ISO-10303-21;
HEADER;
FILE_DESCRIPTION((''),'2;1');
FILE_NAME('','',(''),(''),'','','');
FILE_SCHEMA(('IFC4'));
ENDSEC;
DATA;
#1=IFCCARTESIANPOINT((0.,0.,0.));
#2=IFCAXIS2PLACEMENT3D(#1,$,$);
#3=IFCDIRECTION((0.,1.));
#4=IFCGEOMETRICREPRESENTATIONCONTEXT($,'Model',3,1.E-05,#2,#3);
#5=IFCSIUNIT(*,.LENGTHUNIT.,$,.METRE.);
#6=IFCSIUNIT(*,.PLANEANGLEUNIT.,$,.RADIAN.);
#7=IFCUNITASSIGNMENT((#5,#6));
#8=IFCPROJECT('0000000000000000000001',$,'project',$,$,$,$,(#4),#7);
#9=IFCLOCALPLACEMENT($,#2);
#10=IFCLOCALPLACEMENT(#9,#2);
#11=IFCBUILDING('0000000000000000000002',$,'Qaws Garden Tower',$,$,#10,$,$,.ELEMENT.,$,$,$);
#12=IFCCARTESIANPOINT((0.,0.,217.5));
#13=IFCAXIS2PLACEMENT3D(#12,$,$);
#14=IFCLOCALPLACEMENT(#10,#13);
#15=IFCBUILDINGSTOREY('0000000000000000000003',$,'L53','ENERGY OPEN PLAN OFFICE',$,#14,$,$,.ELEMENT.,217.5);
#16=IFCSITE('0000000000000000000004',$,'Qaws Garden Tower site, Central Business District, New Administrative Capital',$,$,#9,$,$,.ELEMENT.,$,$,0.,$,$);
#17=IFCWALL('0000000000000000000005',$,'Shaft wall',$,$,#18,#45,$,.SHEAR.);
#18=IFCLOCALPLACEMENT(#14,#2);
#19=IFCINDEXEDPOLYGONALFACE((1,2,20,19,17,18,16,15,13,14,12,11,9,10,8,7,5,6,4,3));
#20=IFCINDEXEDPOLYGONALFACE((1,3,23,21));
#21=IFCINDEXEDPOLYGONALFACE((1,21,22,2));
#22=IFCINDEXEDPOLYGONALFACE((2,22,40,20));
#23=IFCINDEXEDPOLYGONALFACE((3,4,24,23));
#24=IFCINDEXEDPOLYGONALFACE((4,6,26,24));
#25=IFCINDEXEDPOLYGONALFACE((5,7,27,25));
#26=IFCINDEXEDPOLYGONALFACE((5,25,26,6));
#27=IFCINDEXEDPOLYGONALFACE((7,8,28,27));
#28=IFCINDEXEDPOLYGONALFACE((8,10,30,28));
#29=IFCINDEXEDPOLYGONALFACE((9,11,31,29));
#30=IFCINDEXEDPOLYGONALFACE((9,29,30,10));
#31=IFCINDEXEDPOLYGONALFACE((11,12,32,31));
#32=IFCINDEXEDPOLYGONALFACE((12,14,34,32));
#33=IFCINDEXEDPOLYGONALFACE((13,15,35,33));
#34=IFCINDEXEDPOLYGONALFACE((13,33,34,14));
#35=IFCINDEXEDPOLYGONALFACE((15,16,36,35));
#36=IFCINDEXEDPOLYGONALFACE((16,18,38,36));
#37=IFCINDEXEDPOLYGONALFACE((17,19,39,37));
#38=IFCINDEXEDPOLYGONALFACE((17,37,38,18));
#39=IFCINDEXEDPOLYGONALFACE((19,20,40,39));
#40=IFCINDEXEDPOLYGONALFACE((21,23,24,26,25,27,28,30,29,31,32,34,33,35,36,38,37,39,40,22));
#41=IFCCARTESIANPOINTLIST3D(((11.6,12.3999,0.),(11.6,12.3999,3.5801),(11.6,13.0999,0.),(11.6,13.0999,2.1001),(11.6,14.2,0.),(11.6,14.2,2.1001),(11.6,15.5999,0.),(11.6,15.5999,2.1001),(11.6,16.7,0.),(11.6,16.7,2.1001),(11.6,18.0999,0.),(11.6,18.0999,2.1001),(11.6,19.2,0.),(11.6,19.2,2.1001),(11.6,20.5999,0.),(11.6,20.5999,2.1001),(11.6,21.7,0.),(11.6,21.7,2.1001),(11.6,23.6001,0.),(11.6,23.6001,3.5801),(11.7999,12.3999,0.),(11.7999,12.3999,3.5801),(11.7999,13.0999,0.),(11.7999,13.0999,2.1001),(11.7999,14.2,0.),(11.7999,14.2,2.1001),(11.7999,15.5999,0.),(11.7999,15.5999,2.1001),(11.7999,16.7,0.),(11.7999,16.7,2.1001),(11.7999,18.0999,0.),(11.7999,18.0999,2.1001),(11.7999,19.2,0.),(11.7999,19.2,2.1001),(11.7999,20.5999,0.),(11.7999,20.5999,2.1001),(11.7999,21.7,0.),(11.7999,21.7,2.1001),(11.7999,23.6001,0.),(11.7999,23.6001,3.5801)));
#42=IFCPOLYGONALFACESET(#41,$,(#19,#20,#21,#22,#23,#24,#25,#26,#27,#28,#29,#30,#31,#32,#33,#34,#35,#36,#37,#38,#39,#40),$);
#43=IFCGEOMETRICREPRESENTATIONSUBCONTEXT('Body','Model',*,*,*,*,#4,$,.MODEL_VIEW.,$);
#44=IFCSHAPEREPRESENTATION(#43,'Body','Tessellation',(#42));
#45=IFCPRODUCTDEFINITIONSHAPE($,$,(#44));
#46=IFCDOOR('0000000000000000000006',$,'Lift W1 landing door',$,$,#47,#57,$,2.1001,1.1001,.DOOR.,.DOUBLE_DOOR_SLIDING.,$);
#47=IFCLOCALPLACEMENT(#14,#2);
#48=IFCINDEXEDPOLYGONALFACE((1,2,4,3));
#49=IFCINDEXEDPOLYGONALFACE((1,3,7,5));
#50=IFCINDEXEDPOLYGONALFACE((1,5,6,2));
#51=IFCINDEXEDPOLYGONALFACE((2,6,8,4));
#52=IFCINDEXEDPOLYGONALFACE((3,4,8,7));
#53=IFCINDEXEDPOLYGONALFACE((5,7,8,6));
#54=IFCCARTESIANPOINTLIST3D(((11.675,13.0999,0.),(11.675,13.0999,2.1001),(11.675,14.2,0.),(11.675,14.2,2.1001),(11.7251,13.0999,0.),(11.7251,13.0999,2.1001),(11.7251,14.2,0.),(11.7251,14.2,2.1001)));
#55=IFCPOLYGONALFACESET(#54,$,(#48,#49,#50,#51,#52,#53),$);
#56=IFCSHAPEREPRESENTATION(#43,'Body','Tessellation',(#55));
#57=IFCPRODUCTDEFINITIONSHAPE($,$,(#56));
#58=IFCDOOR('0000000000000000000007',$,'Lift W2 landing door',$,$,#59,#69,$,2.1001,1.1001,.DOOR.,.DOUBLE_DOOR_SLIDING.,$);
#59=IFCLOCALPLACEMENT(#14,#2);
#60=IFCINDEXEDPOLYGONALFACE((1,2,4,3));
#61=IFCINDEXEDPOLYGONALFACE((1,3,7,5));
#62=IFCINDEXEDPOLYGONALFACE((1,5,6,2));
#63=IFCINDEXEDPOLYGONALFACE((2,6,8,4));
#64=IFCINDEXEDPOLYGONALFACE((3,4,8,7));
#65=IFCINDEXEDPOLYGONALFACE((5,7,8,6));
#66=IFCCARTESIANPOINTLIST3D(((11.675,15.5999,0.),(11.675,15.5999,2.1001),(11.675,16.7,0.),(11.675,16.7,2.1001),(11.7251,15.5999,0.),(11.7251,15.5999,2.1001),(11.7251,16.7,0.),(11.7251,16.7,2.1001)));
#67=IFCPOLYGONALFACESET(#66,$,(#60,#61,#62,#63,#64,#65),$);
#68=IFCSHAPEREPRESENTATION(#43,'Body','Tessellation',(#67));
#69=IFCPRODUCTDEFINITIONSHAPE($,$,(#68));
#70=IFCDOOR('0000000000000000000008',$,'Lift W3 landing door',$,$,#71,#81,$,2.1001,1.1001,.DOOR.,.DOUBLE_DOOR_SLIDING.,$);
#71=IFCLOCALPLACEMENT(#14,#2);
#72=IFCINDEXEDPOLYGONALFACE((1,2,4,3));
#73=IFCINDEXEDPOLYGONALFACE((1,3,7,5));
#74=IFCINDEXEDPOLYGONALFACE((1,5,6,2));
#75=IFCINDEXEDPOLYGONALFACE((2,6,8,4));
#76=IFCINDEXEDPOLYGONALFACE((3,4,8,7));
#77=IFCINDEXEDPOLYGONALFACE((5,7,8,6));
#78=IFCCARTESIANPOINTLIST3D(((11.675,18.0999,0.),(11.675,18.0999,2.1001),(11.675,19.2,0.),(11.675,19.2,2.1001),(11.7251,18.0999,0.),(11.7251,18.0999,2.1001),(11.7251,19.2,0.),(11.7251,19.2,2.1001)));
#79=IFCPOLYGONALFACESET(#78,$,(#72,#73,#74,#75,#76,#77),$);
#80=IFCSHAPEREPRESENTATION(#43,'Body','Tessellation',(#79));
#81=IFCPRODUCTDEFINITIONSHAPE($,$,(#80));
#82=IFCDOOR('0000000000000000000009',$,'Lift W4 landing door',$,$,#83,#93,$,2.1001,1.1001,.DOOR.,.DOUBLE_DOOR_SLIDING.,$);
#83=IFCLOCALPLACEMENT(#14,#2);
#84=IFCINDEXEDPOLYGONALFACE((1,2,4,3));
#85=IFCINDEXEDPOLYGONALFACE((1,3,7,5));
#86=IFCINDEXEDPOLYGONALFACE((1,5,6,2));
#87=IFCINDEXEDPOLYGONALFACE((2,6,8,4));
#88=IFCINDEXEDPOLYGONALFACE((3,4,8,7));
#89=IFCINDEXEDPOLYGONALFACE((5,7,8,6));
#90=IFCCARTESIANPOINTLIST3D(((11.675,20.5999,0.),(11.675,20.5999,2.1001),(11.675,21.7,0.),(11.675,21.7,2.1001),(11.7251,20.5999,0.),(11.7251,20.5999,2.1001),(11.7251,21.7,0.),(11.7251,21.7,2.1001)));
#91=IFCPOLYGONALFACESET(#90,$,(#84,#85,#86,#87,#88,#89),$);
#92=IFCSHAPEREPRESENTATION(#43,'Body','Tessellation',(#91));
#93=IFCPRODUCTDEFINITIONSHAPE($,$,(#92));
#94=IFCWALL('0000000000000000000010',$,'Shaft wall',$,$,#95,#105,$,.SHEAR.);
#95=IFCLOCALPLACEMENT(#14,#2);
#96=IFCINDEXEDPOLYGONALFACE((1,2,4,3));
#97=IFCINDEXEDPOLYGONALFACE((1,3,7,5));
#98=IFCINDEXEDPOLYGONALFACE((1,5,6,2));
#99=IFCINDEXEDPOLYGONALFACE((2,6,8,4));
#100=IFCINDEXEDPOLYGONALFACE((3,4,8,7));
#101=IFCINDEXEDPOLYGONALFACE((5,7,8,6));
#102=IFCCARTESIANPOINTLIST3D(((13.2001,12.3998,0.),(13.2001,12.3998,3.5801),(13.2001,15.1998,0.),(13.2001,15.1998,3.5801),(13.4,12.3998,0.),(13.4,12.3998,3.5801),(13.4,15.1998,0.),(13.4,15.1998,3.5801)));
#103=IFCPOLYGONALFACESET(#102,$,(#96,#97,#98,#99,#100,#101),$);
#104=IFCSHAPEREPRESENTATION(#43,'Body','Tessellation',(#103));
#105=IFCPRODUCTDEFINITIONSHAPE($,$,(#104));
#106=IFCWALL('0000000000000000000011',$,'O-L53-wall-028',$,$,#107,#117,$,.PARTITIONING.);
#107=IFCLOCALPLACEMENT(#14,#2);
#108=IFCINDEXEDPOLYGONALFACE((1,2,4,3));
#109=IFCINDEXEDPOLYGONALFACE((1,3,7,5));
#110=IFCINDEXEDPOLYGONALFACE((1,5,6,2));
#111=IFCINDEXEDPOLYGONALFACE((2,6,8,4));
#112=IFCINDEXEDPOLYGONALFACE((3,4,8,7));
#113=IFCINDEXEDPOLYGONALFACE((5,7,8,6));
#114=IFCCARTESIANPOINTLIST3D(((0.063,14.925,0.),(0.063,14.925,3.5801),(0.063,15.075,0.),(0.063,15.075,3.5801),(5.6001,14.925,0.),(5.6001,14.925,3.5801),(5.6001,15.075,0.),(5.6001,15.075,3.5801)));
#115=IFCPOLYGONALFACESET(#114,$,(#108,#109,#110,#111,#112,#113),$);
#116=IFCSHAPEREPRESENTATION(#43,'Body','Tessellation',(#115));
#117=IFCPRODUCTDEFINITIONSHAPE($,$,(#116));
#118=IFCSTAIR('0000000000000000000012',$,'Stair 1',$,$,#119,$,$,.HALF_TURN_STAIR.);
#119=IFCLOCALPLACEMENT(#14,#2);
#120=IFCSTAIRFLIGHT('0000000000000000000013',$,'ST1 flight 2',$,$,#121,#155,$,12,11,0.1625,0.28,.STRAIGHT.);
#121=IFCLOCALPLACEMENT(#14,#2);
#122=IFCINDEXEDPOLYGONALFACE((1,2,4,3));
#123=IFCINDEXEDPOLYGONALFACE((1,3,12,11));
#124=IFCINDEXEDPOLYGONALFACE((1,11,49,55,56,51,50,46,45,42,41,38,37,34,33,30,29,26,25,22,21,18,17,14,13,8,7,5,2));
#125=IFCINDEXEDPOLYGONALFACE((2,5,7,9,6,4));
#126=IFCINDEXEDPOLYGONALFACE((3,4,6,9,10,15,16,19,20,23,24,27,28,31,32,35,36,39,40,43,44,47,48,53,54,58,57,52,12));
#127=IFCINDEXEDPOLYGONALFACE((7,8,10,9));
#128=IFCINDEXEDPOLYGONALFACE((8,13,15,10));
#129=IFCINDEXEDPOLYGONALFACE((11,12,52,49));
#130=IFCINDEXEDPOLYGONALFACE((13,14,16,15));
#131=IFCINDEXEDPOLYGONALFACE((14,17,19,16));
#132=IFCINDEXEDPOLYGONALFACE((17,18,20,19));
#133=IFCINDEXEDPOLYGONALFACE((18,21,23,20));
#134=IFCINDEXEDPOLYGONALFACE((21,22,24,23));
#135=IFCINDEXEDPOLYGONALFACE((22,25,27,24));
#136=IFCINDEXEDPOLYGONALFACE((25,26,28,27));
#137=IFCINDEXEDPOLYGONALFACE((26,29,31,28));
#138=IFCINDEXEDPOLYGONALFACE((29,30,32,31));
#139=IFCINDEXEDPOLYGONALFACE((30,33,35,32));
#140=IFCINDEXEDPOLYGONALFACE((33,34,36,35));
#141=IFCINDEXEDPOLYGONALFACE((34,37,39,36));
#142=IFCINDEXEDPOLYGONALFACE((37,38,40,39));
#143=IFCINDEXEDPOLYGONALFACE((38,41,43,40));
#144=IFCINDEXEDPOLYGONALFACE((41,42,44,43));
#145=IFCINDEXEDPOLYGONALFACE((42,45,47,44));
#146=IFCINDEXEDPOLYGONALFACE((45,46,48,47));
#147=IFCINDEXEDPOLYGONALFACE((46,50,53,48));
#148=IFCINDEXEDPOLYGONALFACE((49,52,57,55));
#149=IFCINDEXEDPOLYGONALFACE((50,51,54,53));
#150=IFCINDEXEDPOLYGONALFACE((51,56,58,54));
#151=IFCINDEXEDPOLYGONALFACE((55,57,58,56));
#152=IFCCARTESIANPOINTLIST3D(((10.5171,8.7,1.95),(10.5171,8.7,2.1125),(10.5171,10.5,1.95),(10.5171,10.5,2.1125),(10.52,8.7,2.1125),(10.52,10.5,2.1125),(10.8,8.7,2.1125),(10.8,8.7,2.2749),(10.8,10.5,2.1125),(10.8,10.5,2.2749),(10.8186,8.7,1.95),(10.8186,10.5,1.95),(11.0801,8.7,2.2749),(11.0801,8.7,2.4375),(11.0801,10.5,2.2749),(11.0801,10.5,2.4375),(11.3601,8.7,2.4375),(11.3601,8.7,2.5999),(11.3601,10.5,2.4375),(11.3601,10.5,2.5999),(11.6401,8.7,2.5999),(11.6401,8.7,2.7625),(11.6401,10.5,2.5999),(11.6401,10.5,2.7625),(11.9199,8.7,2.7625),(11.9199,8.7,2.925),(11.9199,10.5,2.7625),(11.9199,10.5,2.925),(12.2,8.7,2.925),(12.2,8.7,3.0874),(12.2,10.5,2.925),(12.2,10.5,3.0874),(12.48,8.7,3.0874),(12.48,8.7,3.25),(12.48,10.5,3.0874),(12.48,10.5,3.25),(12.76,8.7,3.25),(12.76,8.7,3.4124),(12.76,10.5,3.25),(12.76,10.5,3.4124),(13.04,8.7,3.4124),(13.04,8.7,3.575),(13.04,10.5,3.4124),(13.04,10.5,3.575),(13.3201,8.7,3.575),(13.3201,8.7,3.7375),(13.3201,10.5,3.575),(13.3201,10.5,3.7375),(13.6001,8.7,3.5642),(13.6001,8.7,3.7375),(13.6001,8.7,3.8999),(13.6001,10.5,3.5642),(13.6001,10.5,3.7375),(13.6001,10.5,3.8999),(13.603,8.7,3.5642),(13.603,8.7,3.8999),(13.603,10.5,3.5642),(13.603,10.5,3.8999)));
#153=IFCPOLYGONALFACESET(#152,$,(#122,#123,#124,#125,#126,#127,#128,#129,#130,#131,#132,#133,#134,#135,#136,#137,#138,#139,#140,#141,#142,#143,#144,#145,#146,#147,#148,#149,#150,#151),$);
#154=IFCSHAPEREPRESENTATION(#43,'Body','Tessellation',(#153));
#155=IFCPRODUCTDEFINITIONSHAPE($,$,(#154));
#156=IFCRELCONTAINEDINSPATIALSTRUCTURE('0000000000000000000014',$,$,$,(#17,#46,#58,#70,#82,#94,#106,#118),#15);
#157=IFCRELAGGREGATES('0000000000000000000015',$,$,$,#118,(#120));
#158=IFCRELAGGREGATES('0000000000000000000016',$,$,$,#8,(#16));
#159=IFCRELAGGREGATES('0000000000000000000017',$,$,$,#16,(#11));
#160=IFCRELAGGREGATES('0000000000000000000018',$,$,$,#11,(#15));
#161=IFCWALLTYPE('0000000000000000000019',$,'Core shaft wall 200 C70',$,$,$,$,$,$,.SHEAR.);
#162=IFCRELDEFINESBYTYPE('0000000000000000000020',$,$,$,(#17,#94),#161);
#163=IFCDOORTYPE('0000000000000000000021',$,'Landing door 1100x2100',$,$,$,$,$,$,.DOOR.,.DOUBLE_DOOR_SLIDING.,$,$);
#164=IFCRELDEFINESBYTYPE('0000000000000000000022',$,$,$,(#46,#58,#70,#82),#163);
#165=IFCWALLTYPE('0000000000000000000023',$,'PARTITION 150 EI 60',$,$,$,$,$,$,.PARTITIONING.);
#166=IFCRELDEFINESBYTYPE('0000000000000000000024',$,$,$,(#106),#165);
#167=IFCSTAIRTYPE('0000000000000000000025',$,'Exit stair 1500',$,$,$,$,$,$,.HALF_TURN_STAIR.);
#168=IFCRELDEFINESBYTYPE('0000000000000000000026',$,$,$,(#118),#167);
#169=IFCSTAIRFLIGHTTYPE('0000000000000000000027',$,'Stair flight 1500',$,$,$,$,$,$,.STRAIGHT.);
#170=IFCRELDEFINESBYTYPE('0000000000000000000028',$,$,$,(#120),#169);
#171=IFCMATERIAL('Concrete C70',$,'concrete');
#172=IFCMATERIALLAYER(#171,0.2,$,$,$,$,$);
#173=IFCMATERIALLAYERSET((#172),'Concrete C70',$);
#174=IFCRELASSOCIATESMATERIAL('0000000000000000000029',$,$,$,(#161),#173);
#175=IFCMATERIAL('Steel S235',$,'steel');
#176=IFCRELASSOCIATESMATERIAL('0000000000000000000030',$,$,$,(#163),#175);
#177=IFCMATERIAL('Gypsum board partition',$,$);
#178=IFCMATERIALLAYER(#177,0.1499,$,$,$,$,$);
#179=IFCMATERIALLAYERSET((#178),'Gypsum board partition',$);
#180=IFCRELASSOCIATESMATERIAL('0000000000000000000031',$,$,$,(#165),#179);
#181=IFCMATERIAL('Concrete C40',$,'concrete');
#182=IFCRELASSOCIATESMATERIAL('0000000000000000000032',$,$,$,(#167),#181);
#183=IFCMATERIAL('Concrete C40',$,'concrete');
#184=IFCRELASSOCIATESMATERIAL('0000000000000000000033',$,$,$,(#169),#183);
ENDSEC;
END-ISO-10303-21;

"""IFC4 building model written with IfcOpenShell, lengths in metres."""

from ifc_helpers import new_model, si_unit, direction, frame, frame_2d, origin, place, context, subcontext, project, spatial, polyline, rectangle, outline, extrude, material, layer, layer_set, type_object, element, fill, aggregate, save


model = new_model("IFC4")

# Units and contexts
model_context = context("Model", 3, precision=1e-05, world=origin(), true_north=direction((0.0, 1.0)))
body_context = subcontext(model_context, "Body", "Model", "MODEL_VIEW")
ifc_project = project(units=[si_unit("LENGTHUNIT", "METRE"), si_unit("PLANEANGLEUNIT", "RADIAN")], contexts=[model_context])

# Site, building, storey
site_placement = place(None, origin())
site = spatial("IfcSite", under=ifc_project, at=site_placement, Name="Qaws Garden Tower site, Central Business District, New Administrative Capital", CompositionType="ELEMENT", RefElevation=0.0)
building_placement = place(site_placement, origin())
building = spatial("IfcBuilding", under=site, at=building_placement, Name="Qaws Garden Tower", CompositionType="ELEMENT")
storey_placement = place(building_placement, frame((0.0, 0.0, 217.5)))
storey = spatial("IfcBuildingStorey", under=building, at=storey_placement, Name="L53", Description="ENERGY OPEN PLAN OFFICE", CompositionType="ELEMENT", Elevation=217.5)

# Shared definitions
ifc_material_1 = material(Name="Concrete C70", Category="concrete")
ifc_layer_1 = layer(ifc_material_1, 0.2)
ifc_layer_set_1 = layer_set([ifc_layer_1], Name="Concrete C70")
wall_type_1 = type_object("IfcWallType", Name="Core shaft wall 200 C70", PredefinedType="SHEAR", material=ifc_layer_set_1)

# Wall, openings, doors
wall_1_placement = place(storey_placement, frame((11.7, 12.3999, 0.0), z_axis=(0.0, 0.0, 1.0), x_axis=(0.0, 1.0, 0.0)))
wall_1 = element("IfcWall", 1, at=wall_1_placement, inside=storey, type_object=wall_type_1, Name="Shaft wall", PredefinedType="SHEAR", context=body_context, shape_type="SweptSolid", body=[
    extrude(rectangle(XDim=11.2002, YDim=0.2, at=frame_2d((5.6001, 0.0))), origin(), (0.0, 0.0, 1.0), 3.5801),
])
opening_1_placement = place(wall_1_placement, frame((0.7, 0.0, 0.0)))
opening_1 = element("IfcOpeningElement", 2, at=opening_1_placement, cuts=wall_1, PredefinedType="OPENING", context=body_context, shape_type="SweptSolid", body=[
    extrude(rectangle(XDim=1.1001, YDim=2.1001, at=frame_2d((0.55, 1.05))), frame((0.0, 0.1099, 0.0), z_axis=(0.0, -1.0, 0.0), x_axis=(1.0, 0.0, 0.0)), (0.0, 0.0, 1.0), 0.22),
])
opening_2_placement = place(wall_1_placement, frame((3.2, 0.0, 0.0)))
opening_2 = element("IfcOpeningElement", 3, at=opening_2_placement, cuts=wall_1, PredefinedType="OPENING", context=body_context, shape_type="SweptSolid", body=[
    extrude(rectangle(XDim=1.1001, YDim=2.1001, at=frame_2d((0.55, 1.05))), frame((0.0, 0.1099, 0.0), z_axis=(0.0, -1.0, 0.0), x_axis=(1.0, 0.0, 0.0)), (0.0, 0.0, 1.0), 0.22),
])
opening_3_placement = place(wall_1_placement, frame((5.7, 0.0, 0.0)))
opening_3 = element("IfcOpeningElement", 4, at=opening_3_placement, cuts=wall_1, PredefinedType="OPENING", context=body_context, shape_type="SweptSolid", body=[
    extrude(rectangle(XDim=1.1001, YDim=2.1001, at=frame_2d((0.55, 1.05))), frame((0.0, 0.1099, 0.0), z_axis=(0.0, -1.0, 0.0), x_axis=(1.0, 0.0, 0.0)), (0.0, 0.0, 1.0), 0.22),
])
opening_4_placement = place(wall_1_placement, frame((8.2, 0.0, 0.0)))
opening_4 = element("IfcOpeningElement", 5, at=opening_4_placement, cuts=wall_1, PredefinedType="OPENING", context=body_context, shape_type="SweptSolid", body=[
    extrude(rectangle(XDim=1.1001, YDim=2.1001, at=frame_2d((0.55, 1.05))), frame((0.0, 0.1099, 0.0), z_axis=(0.0, -1.0, 0.0), x_axis=(1.0, 0.0, 0.0)), (0.0, 0.0, 1.0), 0.22),
])
ifc_material_2 = material(Name="Steel S235", Category="steel")
door_type = type_object("IfcDoorType", Name="Landing door 1100x2100", OperationType="DOUBLE_DOOR_SLIDING", PredefinedType="DOOR", material=ifc_material_2)
door_1_placement = place(opening_1_placement, origin())
door_1 = element("IfcDoor", 6, at=door_1_placement, inside=storey, type_object=door_type, Name="Lift W1 landing door", OperationType="DOUBLE_DOOR_SLIDING", OverallHeight=2.1001, OverallWidth=1.1001, PredefinedType="DOOR", context=body_context, shape_type="SweptSolid", body=[
    extrude(rectangle(XDim=1.1001, YDim=2.1001, at=frame_2d((0.55, 1.05))), frame((0.0, 0.0249, 0.0), z_axis=(0.0, -1.0, 0.0), x_axis=(1.0, 0.0, 0.0)), (0.0, 0.0, 1.0), 0.05),
])
fill(opening_1, door_1)
door_2_placement = place(opening_2_placement, origin())
door_2 = element("IfcDoor", 7, at=door_2_placement, inside=storey, type_object=door_type, Name="Lift W2 landing door", OperationType="DOUBLE_DOOR_SLIDING", OverallHeight=2.1001, OverallWidth=1.1001, PredefinedType="DOOR", context=body_context, shape_type="SweptSolid", body=[
    extrude(rectangle(XDim=1.1001, YDim=2.1001, at=frame_2d((0.55, 1.05))), frame((0.0, 0.0249, 0.0), z_axis=(0.0, -1.0, 0.0), x_axis=(1.0, 0.0, 0.0)), (0.0, 0.0, 1.0), 0.05),
])
fill(opening_2, door_2)
door_3_placement = place(opening_3_placement, origin())
door_3 = element("IfcDoor", 8, at=door_3_placement, inside=storey, type_object=door_type, Name="Lift W3 landing door", OperationType="DOUBLE_DOOR_SLIDING", OverallHeight=2.1001, OverallWidth=1.1001, PredefinedType="DOOR", context=body_context, shape_type="SweptSolid", body=[
    extrude(rectangle(XDim=1.1001, YDim=2.1001, at=frame_2d((0.55, 1.05))), frame((0.0, 0.0249, 0.0), z_axis=(0.0, -1.0, 0.0), x_axis=(1.0, 0.0, 0.0)), (0.0, 0.0, 1.0), 0.05),
])
fill(opening_3, door_3)
door_4_placement = place(opening_4_placement, origin())
door_4 = element("IfcDoor", 9, at=door_4_placement, inside=storey, type_object=door_type, Name="Lift W4 landing door", OperationType="DOUBLE_DOOR_SLIDING", OverallHeight=2.1001, OverallWidth=1.1001, PredefinedType="DOOR", context=body_context, shape_type="SweptSolid", body=[
    extrude(rectangle(XDim=1.1001, YDim=2.1001, at=frame_2d((0.55, 1.05))), frame((0.0, 0.0249, 0.0), z_axis=(0.0, -1.0, 0.0), x_axis=(1.0, 0.0, 0.0)), (0.0, 0.0, 1.0), 0.05),
])
fill(opening_4, door_4)

# Walls
wall_2_placement = place(storey_placement, frame((13.3, 12.3999, 0.0), z_axis=(0.0, 0.0, 1.0), x_axis=(0.0, 1.0, 0.0)))
element("IfcWall", 10, at=wall_2_placement, inside=storey, type_object=wall_type_1, Name="Shaft wall", PredefinedType="SHEAR", context=body_context, shape_type="SweptSolid", body=[
    extrude(rectangle(XDim=2.8, YDim=0.2, at=frame_2d((1.3999, 0.0))), origin(), (0.0, 0.0, 1.0), 3.5801),
])
ifc_material_3 = material(Name="Gypsum board partition")
ifc_layer_2 = layer(ifc_material_3, 0.1499)
ifc_layer_set_2 = layer_set([ifc_layer_2], Name="Gypsum board partition")
wall_type_2 = type_object("IfcWallType", Name="PARTITION 150 EI 60", PredefinedType="PARTITIONING", material=ifc_layer_set_2)
wall_3_placement = place(storey_placement, frame((0.063, 15.0, 0.0), z_axis=(0.0, 0.0, 1.0), x_axis=(1.0, 0.0, 0.0)))
element("IfcWall", 11, at=wall_3_placement, inside=storey, type_object=wall_type_2, Name="O-L53-wall-028", PredefinedType="PARTITIONING", context=body_context, shape_type="SweptSolid", body=[
    extrude(rectangle(XDim=5.5371, YDim=0.1499, at=frame_2d((2.7686, 0.0))), origin(), (0.0, 0.0, 1.0), 3.5801),
])

# Stair, stair flight
ifc_material_4 = material(Name="Concrete C40", Category="concrete")
stair_type = type_object("IfcStairType", Name="Exit stair 1500", PredefinedType="HALF_TURN_STAIR", material=ifc_material_4)
stair_placement = place(storey_placement, origin())
stair = element("IfcStair", 12, at=stair_placement, inside=storey, type_object=stair_type, Name="Stair 1", PredefinedType="HALF_TURN_STAIR")
ifc_material_5 = material(Name="Concrete C40", Category="concrete")
stair_flight_type = type_object("IfcStairFlightType", Name="Stair flight 1500", PredefinedType="STRAIGHT", material=ifc_material_5)
stair_flight_placement = place(storey_placement, frame((10.52, 9.6001, 1.95), z_axis=(0.0, 0.0, 1.0), x_axis=(1.0, 0.0, 0.0)))
stair_flight = element("IfcStairFlight", 13, at=stair_flight_placement, type_object=stair_flight_type, Name="ST1 flight 2", NumberOfRisers=12, NumberOfTreads=11, PredefinedType="STRAIGHT", RiserHeight=0.1625, TreadLength=0.28, context=body_context, shape_type="SweptSolid", body=[
    extrude(outline(polyline([(-0.0029, 0.0), (-0.0029, 0.1626), (0.0, 0.1626), (0.28, 0.1626), (0.28, 0.325), (0.5601, 0.325), (0.5601, 0.4875), (0.8401, 0.4875), (0.8401, 0.6499), (1.1201, 0.6499), (1.1201, 0.8125), (1.3999, 0.8125), (1.3999, 0.9751), (1.6799, 0.9751), (1.6799, 1.1375), (1.96, 1.1375), (1.96, 1.3), (2.24, 1.3), (2.24, 1.4624), (2.52, 1.4624), (2.52, 1.625), (2.8, 1.625), (2.8, 1.7876), (3.0801, 1.7876), (3.0801, 1.95), (3.083, 1.95), (3.083, 1.6143), (3.0801, 1.6143), (0.2986, 0.0), (-0.0029, 0.0)])), frame((0.0, 0.8999, 0.0), z_axis=(0.0, -1.0, 0.0), x_axis=(1.0, 0.0, 0.0)), (0.0, 0.0, 1.0), 1.8),
])
aggregate(stair, [stair_flight])

save(model, "model.ifc")
